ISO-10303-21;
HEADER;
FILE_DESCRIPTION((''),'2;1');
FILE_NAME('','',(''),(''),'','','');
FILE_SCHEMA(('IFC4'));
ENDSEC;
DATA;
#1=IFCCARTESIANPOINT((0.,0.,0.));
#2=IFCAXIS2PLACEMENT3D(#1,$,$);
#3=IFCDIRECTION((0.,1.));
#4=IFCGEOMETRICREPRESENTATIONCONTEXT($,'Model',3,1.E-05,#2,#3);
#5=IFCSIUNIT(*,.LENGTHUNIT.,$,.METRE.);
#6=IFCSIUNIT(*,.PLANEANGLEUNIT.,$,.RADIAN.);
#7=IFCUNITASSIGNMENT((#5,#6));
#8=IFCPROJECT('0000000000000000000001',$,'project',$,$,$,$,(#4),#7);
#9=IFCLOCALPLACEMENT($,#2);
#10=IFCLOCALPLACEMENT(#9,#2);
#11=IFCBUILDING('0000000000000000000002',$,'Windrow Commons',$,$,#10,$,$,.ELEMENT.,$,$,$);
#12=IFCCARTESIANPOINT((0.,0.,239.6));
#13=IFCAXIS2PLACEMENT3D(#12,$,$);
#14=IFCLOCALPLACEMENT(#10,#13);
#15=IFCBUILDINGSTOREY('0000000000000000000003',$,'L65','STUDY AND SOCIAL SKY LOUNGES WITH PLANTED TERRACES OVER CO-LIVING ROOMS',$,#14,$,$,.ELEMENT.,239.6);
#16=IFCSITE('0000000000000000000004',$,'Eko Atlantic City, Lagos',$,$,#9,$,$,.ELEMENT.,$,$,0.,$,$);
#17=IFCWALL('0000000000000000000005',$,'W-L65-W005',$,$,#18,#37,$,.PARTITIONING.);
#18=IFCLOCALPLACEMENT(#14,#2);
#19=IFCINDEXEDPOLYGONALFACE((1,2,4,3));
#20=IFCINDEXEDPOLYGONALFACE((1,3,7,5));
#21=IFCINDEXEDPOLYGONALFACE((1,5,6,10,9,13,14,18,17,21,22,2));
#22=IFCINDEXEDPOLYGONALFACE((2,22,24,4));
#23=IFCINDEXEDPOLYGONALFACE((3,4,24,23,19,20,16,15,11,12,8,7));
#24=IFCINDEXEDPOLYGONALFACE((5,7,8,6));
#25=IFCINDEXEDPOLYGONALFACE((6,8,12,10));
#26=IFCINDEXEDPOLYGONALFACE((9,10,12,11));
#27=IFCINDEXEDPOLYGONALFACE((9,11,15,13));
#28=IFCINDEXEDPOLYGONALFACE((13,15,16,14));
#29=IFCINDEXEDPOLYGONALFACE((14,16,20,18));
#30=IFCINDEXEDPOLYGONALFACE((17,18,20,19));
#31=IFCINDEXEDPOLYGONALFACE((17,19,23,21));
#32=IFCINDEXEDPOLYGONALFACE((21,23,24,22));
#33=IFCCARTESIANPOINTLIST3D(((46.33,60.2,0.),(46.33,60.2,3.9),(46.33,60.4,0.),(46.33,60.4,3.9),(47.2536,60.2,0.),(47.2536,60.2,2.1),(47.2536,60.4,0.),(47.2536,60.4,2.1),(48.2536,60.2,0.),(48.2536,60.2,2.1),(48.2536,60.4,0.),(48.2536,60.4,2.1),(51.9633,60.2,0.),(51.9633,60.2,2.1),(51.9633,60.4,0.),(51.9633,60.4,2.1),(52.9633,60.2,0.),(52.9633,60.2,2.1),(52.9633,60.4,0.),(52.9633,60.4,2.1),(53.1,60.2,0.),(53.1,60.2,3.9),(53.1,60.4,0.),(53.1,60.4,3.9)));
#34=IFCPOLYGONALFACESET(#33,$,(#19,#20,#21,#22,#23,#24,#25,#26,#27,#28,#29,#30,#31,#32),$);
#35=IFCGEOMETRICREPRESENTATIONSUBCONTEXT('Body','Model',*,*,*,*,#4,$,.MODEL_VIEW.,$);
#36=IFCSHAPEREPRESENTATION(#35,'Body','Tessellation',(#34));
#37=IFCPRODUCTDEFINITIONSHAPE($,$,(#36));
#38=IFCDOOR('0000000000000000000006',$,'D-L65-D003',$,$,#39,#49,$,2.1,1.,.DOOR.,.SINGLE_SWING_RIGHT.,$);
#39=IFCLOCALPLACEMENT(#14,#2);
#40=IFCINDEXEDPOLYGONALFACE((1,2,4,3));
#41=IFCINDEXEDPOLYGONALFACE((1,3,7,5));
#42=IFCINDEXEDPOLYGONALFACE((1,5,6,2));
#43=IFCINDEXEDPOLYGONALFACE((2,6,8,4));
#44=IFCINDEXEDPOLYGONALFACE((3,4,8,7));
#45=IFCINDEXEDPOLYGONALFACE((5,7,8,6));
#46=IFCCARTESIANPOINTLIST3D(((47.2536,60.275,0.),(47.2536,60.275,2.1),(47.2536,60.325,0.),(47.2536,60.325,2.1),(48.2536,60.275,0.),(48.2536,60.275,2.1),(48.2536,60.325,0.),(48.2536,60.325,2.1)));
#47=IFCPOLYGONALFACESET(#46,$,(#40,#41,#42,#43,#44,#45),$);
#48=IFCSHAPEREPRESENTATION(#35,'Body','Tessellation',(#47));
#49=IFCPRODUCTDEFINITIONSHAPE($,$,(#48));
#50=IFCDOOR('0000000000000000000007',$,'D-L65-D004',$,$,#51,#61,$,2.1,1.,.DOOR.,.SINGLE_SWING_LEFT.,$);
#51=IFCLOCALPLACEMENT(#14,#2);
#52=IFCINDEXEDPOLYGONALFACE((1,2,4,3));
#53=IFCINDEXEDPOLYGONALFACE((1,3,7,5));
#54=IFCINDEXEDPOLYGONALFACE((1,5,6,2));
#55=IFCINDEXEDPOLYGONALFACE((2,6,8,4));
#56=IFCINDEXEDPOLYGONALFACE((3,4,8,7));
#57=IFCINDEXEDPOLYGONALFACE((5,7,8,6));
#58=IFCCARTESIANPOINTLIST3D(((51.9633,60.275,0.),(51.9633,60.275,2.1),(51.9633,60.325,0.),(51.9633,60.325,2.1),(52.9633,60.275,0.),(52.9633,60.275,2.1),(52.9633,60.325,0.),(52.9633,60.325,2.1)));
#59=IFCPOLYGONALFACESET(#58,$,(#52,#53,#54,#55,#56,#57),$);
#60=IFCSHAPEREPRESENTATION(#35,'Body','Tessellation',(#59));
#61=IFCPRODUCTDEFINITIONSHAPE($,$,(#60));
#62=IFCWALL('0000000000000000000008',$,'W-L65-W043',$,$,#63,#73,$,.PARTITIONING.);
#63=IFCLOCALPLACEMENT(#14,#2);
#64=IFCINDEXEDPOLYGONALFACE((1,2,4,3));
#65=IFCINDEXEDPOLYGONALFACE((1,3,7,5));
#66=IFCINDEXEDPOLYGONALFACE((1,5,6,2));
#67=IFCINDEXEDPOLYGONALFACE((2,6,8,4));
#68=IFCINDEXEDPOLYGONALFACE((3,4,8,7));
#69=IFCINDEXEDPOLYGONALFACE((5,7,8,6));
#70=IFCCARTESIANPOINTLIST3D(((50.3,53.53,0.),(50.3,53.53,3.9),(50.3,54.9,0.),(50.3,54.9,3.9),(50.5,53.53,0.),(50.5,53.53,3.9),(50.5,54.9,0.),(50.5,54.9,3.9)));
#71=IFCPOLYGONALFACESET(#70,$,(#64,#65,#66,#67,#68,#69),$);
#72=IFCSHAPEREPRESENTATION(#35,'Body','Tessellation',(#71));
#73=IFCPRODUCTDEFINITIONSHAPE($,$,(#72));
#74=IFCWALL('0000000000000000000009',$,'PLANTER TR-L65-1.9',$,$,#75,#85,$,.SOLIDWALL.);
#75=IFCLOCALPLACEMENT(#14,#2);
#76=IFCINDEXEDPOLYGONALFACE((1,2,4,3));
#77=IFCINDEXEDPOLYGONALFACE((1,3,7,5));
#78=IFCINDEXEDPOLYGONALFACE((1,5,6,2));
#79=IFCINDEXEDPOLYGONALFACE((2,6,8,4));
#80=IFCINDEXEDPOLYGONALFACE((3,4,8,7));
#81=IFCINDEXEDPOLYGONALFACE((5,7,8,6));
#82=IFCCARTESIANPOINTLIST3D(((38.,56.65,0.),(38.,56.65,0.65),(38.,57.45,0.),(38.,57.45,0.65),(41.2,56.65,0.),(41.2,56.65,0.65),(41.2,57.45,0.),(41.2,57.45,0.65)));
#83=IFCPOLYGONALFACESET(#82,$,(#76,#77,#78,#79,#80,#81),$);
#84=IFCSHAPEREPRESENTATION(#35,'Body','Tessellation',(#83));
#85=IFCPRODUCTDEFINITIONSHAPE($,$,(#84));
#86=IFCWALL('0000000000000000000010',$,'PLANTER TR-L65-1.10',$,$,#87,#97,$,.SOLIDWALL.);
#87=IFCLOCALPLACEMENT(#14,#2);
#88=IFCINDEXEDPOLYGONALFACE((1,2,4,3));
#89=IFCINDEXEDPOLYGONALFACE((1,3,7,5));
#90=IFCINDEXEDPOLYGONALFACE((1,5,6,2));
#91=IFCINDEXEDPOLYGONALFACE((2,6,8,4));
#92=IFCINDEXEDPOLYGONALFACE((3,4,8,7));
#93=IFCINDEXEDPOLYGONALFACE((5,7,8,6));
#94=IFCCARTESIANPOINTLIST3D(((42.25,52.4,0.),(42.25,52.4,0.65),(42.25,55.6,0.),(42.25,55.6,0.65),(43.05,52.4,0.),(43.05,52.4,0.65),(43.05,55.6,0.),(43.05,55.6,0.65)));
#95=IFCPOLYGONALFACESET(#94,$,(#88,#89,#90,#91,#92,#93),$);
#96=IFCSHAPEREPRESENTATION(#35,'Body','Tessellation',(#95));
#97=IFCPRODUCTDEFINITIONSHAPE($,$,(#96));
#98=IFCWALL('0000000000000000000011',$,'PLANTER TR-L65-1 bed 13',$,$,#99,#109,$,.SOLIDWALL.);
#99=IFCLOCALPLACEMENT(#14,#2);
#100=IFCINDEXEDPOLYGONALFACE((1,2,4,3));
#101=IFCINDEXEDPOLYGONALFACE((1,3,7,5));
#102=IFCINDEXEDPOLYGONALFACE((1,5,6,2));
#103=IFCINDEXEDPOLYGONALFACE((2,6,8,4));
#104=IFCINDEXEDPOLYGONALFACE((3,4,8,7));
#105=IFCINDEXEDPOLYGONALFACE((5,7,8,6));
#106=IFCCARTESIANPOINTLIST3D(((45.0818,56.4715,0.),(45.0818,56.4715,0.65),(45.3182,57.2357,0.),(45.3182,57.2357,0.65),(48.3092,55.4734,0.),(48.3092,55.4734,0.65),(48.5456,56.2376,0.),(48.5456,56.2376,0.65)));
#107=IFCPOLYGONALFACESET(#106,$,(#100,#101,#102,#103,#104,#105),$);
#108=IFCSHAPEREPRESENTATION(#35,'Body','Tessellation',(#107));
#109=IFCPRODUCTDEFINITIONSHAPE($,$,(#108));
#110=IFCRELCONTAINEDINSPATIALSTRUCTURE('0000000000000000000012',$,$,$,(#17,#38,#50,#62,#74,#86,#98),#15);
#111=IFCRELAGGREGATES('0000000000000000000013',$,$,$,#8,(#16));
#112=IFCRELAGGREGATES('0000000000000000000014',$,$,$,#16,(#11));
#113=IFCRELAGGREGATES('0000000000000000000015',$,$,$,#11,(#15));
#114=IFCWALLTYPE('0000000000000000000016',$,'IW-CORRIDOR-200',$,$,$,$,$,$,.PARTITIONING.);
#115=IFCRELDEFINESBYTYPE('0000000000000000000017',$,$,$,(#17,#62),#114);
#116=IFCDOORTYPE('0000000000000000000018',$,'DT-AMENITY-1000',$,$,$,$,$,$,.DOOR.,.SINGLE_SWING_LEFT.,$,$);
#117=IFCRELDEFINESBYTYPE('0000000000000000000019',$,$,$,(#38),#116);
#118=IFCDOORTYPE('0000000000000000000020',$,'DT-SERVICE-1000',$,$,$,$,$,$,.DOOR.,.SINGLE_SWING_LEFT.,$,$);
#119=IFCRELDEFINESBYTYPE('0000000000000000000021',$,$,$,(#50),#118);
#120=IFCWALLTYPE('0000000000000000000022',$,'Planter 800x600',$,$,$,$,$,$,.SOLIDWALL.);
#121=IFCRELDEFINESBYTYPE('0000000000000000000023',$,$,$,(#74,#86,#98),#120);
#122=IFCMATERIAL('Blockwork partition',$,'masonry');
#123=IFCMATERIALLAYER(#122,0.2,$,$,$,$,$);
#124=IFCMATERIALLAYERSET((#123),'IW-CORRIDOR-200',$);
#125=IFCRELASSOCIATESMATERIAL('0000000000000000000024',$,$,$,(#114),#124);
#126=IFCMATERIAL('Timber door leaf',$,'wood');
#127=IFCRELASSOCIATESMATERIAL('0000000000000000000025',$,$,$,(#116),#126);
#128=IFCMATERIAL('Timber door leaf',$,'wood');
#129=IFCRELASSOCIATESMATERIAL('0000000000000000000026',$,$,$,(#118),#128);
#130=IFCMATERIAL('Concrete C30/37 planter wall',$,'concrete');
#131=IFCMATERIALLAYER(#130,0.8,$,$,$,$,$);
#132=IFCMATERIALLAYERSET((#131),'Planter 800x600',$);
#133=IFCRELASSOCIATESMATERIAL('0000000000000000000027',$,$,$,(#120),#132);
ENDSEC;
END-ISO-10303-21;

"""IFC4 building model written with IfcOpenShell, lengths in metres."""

from ifc_helpers import new_model, si_unit, direction, frame, frame_2d, origin, place, context, subcontext, project, spatial, polyline, rectangle, outline, extrude, material, layer, layer_set, type_object, element, fill, save


model = new_model("IFC4")

# Units and contexts
model_context = context("Model", 3, precision=1e-05, world=origin(), true_north=direction((0.0, 1.0)))
body_context = subcontext(model_context, "Body", "Model", "MODEL_VIEW")
ifc_project = project(units=[si_unit("LENGTHUNIT", "METRE"), si_unit("PLANEANGLEUNIT", "RADIAN")], contexts=[model_context])

# Site, building, storey
site_placement = place(None, origin())
site = spatial("IfcSite", under=ifc_project, at=site_placement, Name="Eko Atlantic City, Lagos", CompositionType="ELEMENT", RefElevation=0.0)
building_placement = place(site_placement, origin())
building = spatial("IfcBuilding", under=site, at=building_placement, Name="Windrow Commons", CompositionType="ELEMENT")
storey_placement = place(building_placement, frame((0.0, 0.0, 239.6)))
storey = spatial("IfcBuildingStorey", under=building, at=storey_placement, Name="L65", Description="STUDY AND SOCIAL SKY LOUNGES WITH PLANTED TERRACES OVER CO-LIVING ROOMS", CompositionType="ELEMENT", Elevation=239.6)

# Wall, openings, doors
ifc_material_1 = material(Name="Blockwork partition", Category="masonry")
ifc_layer_1 = layer(ifc_material_1, 0.2)
ifc_layer_set_1 = layer_set([ifc_layer_1], Name="IW-CORRIDOR-200")
wall_type_1 = type_object("IfcWallType", Name="IW-CORRIDOR-200", PredefinedType="PARTITIONING", material=ifc_layer_set_1)
wall_1_placement = place(storey_placement, frame((46.33, 60.3, 0.0), z_axis=(0.0, 0.0, 1.0), x_axis=(1.0, 0.0, 0.0)))
wall_1 = element("IfcWall", 1, at=wall_1_placement, inside=storey, type_object=wall_type_1, Name="W-L65-W005", PredefinedType="PARTITIONING", context=body_context, shape_type="SweptSolid", body=[
    extrude(rectangle(XDim=6.77, YDim=0.2, at=frame_2d((3.385, 0.0))), origin(), (0.0, 0.0, 1.0), 3.9),
])
opening_1_placement = place(wall_1_placement, frame((0.9236, 0.0, 0.0)))
opening_1 = element("IfcOpeningElement", 2, at=opening_1_placement, cuts=wall_1, PredefinedType="OPENING", context=body_context, shape_type="SweptSolid", body=[
    extrude(rectangle(XDim=1.0, YDim=2.1, at=frame_2d((0.5, 1.05))), frame((0.0, 0.11, 0.0), z_axis=(0.0, -1.0, 0.0), x_axis=(1.0, 0.0, 0.0)), (0.0, 0.0, 1.0), 0.22),
])
opening_2_placement = place(wall_1_placement, frame((5.6333, 0.0, 0.0)))
opening_2 = element("IfcOpeningElement", 3, at=opening_2_placement, cuts=wall_1, PredefinedType="OPENING", context=body_context, shape_type="SweptSolid", body=[
    extrude(rectangle(XDim=1.0, YDim=2.1, at=frame_2d((0.5, 1.05))), frame((0.0, 0.11, 0.0), z_axis=(0.0, -1.0, 0.0), x_axis=(1.0, 0.0, 0.0)), (0.0, 0.0, 1.0), 0.22),
])
ifc_material_2 = material(Name="Timber door leaf", Category="wood")
door_type_1 = type_object("IfcDoorType", Name="DT-AMENITY-1000", OperationType="SINGLE_SWING_LEFT", PredefinedType="DOOR", material=ifc_material_2)
door_1_placement = place(opening_1_placement, origin())
door_1 = element("IfcDoor", 4, at=door_1_placement, inside=storey, type_object=door_type_1, Name="D-L65-D003", OperationType="SINGLE_SWING_RIGHT", OverallHeight=2.1, OverallWidth=1.0, PredefinedType="DOOR", context=body_context, shape_type="SweptSolid", body=[
    extrude(rectangle(XDim=1.0, YDim=2.1, at=frame_2d((0.5, 1.05))), frame((0.0, 0.025, 0.0), z_axis=(0.0, -1.0, 0.0), x_axis=(1.0, 0.0, 0.0)), (0.0, 0.0, 1.0), 0.05),
])
fill(opening_1, door_1)
ifc_material_3 = material(Name="Timber door leaf", Category="wood")
door_type_2 = type_object("IfcDoorType", Name="DT-SERVICE-1000", OperationType="SINGLE_SWING_LEFT", PredefinedType="DOOR", material=ifc_material_3)
door_2_placement = place(opening_2_placement, origin())
door_2 = element("IfcDoor", 5, at=door_2_placement, inside=storey, type_object=door_type_2, Name="D-L65-D004", OperationType="SINGLE_SWING_LEFT", OverallHeight=2.1, OverallWidth=1.0, PredefinedType="DOOR", context=body_context, shape_type="SweptSolid", body=[
    extrude(rectangle(XDim=1.0, YDim=2.1, at=frame_2d((0.5, 1.05))), frame((0.0, 0.025, 0.0), z_axis=(0.0, -1.0, 0.0), x_axis=(1.0, 0.0, 0.0)), (0.0, 0.0, 1.0), 0.05),
])
fill(opening_2, door_2)

# Walls
wall_2_placement = place(storey_placement, frame((50.4, 53.53, 0.0), z_axis=(0.0, 0.0, 1.0), x_axis=(0.0, 1.0, 0.0)))
element("IfcWall", 6, at=wall_2_placement, inside=storey, type_object=wall_type_1, Name="W-L65-W043", PredefinedType="PARTITIONING", context=body_context, shape_type="SweptSolid", body=[
    extrude(rectangle(XDim=1.37, YDim=0.2, at=frame_2d((0.685, 0.0))), origin(), (0.0, 0.0, 1.0), 3.9),
])
ifc_material_4 = material(Name="Concrete C30/37 planter wall", Category="concrete")
ifc_layer_2 = layer(ifc_material_4, 0.8)
ifc_layer_set_2 = layer_set([ifc_layer_2], Name="Planter 800x600")
wall_type_2 = type_object("IfcWallType", Name="Planter 800x600", PredefinedType="SOLIDWALL", material=ifc_layer_set_2)
for number, where, z_axis, x_axis, name in (
    (7, (38.0, 57.05, 0.0), (0.0, 0.0, 1.0), (1.0, 0.0, 0.0), "PLANTER TR-L65-1.9"),
    (8, (42.65, 55.6, 0.0), (0.0, 0.0, 1.0), (0.0, -1.0, 0.0), "PLANTER TR-L65-1.10"),
):
    element("IfcWall", number, at=place(storey_placement, frame(where, z_axis=z_axis, x_axis=x_axis)), inside=storey, type_object=wall_type_2, Name=name, PredefinedType="SOLIDWALL", context=body_context, shape_type="SweptSolid", body=[
        extrude(rectangle(XDim=3.2, YDim=0.8, at=frame_2d((1.6, 0.0))), origin(), (0.0, 0.0, 1.0), 0.65),
    ])
wall_3_placement = place(storey_placement, frame((48.4274, 55.8555, 0.0), z_axis=(0.0, 0.0, 1.0), x_axis=(-0.955358, 0.295452, 0.0)))
element("IfcWall", 9, at=wall_3_placement, inside=storey, type_object=wall_type_2, Name="PLANTER TR-L65-1 bed 13", PredefinedType="SOLIDWALL", context=body_context, shape_type="SweptSolid", body=[
    extrude(outline(polyline([(0.0, -0.4), (3.3782, -0.4), (3.3782, 0.4), (0.0, 0.4), (0.0, -0.4)])), origin(), (0.0, 0.0, 1.0), 0.65),
])

save(model, "model.ifc")
